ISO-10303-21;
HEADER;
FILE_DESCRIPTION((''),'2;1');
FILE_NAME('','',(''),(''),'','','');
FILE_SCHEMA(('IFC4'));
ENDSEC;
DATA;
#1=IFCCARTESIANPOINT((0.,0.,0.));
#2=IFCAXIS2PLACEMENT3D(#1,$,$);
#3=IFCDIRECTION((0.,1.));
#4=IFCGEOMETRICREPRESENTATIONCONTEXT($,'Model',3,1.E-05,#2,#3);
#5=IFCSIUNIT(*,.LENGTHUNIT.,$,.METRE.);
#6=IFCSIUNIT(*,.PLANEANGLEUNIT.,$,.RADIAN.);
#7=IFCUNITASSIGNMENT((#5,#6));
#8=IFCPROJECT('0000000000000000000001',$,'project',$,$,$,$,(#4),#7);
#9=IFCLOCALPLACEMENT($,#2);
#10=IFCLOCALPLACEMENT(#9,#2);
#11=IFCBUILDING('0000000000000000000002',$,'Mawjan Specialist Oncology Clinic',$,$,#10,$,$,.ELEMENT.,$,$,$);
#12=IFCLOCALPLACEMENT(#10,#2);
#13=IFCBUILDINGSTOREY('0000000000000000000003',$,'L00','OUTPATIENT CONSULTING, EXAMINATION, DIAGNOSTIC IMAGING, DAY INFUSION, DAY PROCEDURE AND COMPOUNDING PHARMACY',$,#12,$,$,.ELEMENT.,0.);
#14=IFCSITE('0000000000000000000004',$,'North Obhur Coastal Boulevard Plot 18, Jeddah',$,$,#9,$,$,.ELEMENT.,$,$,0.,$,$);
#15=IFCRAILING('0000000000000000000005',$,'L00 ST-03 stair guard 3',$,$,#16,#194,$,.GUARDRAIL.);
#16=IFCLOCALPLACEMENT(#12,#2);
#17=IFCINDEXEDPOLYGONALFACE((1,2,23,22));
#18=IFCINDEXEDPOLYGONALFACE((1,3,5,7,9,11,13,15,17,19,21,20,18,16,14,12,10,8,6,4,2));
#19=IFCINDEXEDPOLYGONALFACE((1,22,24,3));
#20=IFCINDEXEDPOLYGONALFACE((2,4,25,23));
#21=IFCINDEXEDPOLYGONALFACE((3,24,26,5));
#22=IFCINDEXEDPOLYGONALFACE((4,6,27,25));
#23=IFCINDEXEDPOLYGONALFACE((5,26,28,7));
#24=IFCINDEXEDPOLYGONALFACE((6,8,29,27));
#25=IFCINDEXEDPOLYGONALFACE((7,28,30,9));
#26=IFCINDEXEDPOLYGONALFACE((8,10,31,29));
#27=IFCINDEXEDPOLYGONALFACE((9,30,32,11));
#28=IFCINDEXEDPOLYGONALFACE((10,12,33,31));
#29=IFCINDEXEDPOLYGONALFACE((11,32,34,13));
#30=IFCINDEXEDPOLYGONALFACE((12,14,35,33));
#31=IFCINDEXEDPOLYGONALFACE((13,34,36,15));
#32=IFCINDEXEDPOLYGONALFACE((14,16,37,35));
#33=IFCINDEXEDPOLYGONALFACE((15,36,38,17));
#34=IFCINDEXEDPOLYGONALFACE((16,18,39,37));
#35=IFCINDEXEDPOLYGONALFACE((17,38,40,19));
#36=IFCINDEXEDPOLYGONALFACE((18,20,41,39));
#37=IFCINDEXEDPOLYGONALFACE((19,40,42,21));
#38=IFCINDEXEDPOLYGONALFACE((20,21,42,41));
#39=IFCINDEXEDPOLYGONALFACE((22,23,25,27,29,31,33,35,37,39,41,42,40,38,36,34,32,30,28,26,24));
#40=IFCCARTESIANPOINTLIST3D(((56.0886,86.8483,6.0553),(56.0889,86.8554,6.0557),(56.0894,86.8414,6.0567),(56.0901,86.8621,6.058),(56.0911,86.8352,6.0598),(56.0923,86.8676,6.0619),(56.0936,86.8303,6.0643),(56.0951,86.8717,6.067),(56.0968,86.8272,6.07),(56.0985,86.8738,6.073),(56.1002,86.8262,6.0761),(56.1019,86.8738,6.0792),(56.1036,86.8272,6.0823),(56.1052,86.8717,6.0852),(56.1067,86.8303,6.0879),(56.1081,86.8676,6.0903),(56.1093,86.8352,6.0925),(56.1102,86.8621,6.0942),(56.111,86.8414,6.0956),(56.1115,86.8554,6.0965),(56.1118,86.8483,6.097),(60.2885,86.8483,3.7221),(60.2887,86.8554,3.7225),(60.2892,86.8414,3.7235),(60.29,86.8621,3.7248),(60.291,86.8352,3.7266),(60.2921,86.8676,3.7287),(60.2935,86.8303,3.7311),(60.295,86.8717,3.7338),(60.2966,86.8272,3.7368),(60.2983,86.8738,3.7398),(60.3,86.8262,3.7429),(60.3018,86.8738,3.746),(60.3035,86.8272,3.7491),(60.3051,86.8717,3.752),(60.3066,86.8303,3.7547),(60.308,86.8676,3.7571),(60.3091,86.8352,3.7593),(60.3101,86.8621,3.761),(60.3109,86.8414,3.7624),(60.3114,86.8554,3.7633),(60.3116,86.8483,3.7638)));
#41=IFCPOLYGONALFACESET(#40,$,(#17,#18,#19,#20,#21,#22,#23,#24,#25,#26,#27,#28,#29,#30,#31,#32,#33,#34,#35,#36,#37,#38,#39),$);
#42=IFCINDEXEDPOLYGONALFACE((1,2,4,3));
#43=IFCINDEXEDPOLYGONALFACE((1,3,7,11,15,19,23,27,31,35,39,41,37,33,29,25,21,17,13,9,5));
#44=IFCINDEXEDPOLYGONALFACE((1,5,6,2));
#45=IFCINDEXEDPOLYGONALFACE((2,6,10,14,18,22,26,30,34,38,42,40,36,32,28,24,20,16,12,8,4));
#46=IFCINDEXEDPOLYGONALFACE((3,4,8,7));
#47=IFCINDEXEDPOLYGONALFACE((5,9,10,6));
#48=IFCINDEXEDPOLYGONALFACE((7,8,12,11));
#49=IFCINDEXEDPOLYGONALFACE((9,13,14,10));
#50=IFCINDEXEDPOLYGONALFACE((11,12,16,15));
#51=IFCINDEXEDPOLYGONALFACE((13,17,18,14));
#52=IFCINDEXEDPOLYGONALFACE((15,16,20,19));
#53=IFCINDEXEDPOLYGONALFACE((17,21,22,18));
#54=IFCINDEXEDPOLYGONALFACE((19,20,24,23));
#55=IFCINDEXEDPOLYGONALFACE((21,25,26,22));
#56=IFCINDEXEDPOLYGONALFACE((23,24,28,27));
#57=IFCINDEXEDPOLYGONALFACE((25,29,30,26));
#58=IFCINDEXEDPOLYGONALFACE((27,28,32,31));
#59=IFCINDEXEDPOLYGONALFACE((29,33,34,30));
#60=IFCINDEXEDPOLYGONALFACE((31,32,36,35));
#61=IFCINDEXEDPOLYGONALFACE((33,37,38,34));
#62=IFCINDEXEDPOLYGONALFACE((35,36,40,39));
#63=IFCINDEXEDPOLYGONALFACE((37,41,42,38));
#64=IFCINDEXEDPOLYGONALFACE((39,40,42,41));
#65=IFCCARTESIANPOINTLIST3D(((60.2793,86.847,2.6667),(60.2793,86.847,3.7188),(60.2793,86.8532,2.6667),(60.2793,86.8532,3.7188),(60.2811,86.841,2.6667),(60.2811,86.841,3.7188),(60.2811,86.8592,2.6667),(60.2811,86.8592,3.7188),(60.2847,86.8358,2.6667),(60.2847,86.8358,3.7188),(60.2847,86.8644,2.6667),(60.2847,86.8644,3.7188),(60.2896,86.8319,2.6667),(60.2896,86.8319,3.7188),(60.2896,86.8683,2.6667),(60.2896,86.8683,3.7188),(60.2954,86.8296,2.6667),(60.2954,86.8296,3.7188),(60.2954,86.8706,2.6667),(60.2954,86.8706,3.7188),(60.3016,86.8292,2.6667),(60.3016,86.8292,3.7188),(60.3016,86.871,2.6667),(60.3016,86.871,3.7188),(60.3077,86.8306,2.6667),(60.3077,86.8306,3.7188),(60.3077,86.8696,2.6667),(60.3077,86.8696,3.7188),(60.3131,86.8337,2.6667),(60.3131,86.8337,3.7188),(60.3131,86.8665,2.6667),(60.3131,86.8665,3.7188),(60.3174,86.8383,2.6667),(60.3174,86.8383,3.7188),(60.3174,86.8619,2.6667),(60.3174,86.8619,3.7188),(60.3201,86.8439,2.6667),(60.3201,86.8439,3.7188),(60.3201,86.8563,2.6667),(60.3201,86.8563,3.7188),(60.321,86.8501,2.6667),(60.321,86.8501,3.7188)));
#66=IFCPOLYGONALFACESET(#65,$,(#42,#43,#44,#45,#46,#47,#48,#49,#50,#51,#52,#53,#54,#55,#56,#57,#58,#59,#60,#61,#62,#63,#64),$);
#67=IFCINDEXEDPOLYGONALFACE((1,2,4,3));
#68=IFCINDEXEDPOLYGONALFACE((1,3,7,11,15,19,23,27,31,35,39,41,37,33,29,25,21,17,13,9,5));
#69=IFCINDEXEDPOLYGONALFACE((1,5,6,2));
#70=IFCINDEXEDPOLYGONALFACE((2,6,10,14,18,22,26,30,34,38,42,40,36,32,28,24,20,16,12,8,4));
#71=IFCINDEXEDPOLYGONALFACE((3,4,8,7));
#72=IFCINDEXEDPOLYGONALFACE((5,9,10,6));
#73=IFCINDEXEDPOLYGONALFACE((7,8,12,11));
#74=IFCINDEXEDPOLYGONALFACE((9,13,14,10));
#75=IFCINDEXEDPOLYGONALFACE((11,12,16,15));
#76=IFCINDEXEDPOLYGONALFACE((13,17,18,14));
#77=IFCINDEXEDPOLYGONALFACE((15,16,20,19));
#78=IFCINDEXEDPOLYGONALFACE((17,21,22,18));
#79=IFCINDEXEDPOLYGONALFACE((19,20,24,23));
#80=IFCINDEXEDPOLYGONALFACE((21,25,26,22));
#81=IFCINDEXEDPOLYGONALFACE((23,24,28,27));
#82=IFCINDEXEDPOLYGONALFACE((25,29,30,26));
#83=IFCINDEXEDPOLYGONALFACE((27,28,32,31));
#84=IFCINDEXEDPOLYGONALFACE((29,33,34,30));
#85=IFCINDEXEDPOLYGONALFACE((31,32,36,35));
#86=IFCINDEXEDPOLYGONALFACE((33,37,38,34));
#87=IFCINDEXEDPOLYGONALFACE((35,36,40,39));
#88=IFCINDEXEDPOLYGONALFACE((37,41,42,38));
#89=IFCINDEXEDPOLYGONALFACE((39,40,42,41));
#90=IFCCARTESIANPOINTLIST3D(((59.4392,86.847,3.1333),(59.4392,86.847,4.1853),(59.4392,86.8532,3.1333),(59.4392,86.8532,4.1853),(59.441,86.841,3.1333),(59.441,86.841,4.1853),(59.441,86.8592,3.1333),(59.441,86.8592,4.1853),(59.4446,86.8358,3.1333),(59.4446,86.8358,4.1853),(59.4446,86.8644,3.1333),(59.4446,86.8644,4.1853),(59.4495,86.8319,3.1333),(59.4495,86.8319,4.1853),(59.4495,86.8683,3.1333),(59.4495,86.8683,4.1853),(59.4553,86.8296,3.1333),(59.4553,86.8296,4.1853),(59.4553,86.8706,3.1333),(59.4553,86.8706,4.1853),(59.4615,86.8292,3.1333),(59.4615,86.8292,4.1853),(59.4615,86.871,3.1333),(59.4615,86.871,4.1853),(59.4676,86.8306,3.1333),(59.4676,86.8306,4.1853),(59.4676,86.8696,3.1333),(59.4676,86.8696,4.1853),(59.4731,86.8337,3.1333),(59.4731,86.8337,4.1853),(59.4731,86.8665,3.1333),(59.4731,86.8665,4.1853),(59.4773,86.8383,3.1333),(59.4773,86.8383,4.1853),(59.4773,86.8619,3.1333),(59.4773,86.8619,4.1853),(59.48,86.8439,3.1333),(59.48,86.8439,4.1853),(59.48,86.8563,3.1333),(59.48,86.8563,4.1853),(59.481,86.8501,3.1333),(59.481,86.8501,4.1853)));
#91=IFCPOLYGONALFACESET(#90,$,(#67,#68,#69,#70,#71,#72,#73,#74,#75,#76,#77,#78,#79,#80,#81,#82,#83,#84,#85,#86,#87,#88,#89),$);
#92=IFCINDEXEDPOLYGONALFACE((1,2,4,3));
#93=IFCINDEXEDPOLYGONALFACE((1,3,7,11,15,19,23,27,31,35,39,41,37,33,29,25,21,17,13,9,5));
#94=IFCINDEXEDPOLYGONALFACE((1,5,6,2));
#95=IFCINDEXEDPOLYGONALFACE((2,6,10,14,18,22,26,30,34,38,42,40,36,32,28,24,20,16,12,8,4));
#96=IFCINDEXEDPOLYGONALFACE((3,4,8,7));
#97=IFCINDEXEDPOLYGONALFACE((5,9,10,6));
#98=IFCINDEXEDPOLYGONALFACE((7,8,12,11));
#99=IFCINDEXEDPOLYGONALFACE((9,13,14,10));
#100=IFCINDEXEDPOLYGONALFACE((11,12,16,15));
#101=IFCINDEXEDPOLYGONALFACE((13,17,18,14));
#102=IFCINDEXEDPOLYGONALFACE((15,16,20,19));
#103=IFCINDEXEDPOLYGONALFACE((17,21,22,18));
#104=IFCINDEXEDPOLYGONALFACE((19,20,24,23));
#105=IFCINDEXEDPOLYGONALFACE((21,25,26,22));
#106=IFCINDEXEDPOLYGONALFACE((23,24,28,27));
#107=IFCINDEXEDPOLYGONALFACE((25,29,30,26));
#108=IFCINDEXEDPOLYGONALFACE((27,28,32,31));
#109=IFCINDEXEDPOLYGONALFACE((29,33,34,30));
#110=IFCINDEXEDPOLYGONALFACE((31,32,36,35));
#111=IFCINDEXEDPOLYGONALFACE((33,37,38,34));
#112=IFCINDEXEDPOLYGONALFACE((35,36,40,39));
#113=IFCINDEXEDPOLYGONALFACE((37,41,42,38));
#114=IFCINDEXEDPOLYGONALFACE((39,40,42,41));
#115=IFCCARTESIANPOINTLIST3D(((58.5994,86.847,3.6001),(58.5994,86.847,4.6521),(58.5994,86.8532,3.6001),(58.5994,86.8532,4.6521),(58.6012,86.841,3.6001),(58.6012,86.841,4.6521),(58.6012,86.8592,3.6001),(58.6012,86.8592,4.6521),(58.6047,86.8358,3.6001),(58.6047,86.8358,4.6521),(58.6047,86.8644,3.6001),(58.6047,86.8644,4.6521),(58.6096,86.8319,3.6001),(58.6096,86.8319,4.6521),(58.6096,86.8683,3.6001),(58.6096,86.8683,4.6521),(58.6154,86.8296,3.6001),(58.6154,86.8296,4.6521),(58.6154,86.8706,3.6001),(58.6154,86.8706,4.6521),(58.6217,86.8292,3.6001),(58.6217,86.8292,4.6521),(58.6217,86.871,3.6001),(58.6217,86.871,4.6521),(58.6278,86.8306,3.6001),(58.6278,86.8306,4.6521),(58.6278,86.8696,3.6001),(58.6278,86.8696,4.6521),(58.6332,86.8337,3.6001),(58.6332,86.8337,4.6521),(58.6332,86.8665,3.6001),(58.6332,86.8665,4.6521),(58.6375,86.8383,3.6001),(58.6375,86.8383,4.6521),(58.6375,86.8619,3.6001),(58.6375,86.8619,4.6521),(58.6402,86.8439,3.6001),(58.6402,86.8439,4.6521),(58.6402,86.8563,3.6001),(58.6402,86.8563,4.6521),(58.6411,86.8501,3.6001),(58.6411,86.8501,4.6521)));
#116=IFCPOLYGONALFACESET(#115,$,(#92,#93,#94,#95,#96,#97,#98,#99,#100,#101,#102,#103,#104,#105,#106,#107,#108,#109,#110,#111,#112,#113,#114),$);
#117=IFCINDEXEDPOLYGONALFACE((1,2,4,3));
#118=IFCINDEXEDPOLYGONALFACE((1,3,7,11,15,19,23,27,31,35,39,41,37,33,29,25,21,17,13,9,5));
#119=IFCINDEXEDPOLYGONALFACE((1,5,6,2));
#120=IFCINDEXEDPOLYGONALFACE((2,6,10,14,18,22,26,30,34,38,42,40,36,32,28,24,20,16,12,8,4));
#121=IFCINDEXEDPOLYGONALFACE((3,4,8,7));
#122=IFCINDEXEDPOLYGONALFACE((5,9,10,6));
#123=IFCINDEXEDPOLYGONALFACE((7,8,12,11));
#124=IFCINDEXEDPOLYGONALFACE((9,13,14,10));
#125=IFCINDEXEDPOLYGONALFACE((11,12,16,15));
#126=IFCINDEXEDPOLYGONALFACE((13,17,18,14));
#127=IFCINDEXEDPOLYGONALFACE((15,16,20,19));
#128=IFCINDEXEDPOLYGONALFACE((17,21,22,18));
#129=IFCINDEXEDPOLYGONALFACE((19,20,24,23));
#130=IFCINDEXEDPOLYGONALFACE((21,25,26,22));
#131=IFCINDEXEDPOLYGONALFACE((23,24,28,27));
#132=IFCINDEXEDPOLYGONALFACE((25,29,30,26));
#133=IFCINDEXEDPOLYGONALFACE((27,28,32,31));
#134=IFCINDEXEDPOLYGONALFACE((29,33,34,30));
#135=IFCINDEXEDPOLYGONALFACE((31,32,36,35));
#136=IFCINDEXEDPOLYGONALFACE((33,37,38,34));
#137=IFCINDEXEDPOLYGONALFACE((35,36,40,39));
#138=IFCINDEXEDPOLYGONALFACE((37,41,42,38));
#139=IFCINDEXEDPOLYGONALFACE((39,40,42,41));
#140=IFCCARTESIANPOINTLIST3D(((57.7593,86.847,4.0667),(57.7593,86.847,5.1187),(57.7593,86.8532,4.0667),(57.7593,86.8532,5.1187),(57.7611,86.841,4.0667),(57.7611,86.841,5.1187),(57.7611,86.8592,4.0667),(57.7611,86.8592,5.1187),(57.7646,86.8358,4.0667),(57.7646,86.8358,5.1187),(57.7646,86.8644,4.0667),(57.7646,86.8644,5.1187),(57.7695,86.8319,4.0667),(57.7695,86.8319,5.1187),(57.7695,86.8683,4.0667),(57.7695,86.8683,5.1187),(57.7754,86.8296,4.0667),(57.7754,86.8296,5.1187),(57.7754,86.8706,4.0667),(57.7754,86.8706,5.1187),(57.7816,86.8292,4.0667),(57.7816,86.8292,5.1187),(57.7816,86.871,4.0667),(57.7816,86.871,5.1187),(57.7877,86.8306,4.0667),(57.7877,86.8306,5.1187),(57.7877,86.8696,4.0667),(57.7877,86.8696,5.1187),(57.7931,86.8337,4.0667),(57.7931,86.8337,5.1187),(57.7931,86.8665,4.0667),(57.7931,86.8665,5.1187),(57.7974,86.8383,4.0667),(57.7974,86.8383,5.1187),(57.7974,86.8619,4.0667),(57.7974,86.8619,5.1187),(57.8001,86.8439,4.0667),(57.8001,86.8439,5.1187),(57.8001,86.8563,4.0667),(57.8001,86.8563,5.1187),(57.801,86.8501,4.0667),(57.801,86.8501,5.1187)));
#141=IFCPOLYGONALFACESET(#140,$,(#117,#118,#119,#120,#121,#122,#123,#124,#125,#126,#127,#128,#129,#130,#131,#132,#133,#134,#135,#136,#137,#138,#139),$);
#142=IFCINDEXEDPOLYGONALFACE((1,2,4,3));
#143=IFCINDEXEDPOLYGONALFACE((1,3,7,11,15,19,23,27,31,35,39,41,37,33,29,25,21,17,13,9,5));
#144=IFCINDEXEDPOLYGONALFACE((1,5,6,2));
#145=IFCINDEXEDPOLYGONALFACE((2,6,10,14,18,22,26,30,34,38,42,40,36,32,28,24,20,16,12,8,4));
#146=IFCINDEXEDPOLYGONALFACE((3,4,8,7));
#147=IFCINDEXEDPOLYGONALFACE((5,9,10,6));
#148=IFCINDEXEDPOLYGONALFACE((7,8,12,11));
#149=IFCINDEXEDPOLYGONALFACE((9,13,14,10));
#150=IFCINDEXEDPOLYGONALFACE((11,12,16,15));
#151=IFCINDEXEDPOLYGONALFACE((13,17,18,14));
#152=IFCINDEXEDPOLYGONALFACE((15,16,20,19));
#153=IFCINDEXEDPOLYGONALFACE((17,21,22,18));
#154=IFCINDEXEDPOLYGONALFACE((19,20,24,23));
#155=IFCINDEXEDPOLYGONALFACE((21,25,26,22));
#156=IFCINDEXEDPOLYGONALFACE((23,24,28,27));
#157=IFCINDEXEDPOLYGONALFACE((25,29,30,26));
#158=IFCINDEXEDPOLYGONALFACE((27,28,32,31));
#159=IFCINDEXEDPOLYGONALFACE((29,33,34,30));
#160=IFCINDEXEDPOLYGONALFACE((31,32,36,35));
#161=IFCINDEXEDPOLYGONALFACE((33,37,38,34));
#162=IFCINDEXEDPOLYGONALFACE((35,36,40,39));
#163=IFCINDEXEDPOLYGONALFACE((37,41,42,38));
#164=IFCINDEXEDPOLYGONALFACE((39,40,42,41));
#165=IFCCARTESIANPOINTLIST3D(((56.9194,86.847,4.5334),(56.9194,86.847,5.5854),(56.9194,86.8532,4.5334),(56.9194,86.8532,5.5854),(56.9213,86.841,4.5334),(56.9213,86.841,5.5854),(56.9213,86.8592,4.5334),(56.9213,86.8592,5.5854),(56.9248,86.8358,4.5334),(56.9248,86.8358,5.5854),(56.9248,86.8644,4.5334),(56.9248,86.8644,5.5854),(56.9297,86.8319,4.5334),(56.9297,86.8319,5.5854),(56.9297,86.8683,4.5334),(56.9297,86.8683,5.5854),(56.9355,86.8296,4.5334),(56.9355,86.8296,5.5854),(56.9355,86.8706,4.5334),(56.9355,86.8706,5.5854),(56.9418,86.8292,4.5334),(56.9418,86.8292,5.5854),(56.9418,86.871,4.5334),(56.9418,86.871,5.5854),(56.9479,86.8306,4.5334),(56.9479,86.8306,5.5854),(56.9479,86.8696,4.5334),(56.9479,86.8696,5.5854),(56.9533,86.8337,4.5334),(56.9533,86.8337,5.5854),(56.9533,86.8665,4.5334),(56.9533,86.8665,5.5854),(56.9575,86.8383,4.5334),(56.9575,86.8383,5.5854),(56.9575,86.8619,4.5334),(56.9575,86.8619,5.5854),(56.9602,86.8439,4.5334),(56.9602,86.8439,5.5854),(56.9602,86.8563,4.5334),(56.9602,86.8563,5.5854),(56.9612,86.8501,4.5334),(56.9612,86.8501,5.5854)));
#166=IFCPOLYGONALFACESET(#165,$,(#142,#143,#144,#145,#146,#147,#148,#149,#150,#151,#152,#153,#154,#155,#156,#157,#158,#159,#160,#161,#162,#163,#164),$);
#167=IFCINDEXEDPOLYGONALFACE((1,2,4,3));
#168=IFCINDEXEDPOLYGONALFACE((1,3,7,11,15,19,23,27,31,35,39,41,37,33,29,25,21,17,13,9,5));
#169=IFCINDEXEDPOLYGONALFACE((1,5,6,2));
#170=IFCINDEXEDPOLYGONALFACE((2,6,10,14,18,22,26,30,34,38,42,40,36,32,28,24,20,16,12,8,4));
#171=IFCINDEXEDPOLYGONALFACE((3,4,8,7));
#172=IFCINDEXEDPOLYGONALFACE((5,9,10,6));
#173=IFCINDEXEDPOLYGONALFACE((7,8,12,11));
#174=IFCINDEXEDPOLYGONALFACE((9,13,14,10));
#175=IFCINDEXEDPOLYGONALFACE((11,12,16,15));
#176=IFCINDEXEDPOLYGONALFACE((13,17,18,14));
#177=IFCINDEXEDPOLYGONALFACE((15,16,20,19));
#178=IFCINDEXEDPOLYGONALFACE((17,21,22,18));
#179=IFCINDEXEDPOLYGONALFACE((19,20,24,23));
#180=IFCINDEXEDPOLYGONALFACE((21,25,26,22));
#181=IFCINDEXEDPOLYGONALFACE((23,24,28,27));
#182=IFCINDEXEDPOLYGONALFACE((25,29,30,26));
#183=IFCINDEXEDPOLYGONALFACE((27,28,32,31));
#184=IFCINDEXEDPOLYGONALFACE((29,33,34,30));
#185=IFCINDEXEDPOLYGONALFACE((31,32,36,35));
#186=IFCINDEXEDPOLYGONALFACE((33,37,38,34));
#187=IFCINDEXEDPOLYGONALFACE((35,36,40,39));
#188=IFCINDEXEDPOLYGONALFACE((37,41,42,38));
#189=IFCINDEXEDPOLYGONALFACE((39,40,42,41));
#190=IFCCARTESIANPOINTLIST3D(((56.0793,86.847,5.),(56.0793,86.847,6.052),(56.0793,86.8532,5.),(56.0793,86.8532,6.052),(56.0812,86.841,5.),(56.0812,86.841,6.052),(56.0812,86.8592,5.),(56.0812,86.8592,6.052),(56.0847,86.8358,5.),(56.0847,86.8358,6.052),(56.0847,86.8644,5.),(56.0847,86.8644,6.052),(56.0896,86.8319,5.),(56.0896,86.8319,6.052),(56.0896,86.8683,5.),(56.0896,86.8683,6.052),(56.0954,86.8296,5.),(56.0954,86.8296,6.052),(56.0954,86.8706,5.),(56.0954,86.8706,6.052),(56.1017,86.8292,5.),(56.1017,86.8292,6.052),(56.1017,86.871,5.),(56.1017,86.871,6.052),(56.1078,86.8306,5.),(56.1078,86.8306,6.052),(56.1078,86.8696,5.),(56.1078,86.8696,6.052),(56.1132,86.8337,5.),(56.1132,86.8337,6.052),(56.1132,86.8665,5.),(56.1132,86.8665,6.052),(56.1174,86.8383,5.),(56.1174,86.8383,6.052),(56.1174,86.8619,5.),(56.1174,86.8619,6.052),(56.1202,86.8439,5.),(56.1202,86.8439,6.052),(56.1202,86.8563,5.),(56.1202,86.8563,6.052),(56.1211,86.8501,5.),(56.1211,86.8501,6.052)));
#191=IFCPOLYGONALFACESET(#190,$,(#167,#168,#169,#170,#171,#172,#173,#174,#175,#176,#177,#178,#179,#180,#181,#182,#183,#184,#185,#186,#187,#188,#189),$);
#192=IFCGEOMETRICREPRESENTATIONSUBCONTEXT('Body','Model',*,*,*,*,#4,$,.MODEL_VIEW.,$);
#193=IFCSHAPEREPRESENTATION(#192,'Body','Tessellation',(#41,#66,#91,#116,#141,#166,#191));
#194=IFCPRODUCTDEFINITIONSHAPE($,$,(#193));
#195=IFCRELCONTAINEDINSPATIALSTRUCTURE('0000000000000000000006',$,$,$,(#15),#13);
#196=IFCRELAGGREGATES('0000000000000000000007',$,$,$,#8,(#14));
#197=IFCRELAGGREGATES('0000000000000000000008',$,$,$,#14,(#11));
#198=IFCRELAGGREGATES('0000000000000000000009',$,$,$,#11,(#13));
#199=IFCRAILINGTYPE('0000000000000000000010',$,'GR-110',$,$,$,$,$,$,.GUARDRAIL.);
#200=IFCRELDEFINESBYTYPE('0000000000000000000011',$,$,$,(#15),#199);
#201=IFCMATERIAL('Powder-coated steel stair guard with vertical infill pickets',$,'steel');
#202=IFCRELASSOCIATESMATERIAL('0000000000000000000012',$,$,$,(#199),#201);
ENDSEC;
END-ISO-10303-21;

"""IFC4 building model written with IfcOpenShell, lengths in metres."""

from ifc_helpers import new_model, si_unit, direction, frame, origin, origin_2d, place, context, subcontext, project, spatial, circle, extrude, material, type_object, element, save


model = new_model("IFC4")

# Units and contexts
model_context = context("Model", 3, precision=1e-05, world=origin(), true_north=direction((0.0, 1.0)))
body_context = subcontext(model_context, "Body", "Model", "MODEL_VIEW")
ifc_project = project(units=[si_unit("LENGTHUNIT", "METRE"), si_unit("PLANEANGLEUNIT", "RADIAN")], contexts=[model_context])

# Site, building, storey
site_placement = place(None, origin())
site = spatial("IfcSite", under=ifc_project, at=site_placement, Name="North Obhur Coastal Boulevard Plot 18, Jeddah", CompositionType="ELEMENT", RefElevation=0.0)
building_placement = place(site_placement, origin())
building = spatial("IfcBuilding", under=site, at=building_placement, Name="Mawjan Specialist Oncology Clinic", CompositionType="ELEMENT")
storey_placement = place(building_placement, origin())
storey = spatial("IfcBuildingStorey", under=building, at=storey_placement, Name="L00", Description="OUTPATIENT CONSULTING, EXAMINATION, DIAGNOSTIC IMAGING, DAY INFUSION, DAY PROCEDURE AND COMPOUNDING PHARMACY", CompositionType="ELEMENT", Elevation=0.0)

# Railing
ifc_material_1 = material(Name="Powder-coated steel stair guard with vertical infill pickets", Category="steel")
railing_type_1 = type_object("IfcRailingType", Name="GR-110", PredefinedType="GUARDRAIL", material=ifc_material_1)
railing_1_placement = place(storey_placement, frame((60.3, 86.8501, 2.6667)))
element("IfcRailing", 1, at=railing_1_placement, inside=storey, type_object=railing_type_1, Name="L00 ST-03 stair guard 3", PredefinedType="GUARDRAIL", context=body_context, shape_type="SweptSolid", body=[
    extrude(circle(Radius=0.0239, at=origin_2d()), frame((0.0, 0.0, 1.0762), z_axis=(-0.874162, 0.0, 0.485634), x_axis=(0.0, -1.0, 0.0)), (0.0, 0.0, 1.0), 4.8044),
    extrude(circle(Radius=0.021, at=origin_2d()), origin(), (0.0, 0.0, 1.0), 1.052),
    extrude(circle(Radius=0.021, at=origin_2d()), frame((-0.8401, 0.0, 0.4666)), (0.0, 0.0, 1.0), 1.052),
    extrude(circle(Radius=0.021, at=origin_2d()), frame((-1.6799, 0.0, 0.9333)), (0.0, 0.0, 1.0), 1.052),
    extrude(circle(Radius=0.021, at=origin_2d()), frame((-2.52, 0.0, 1.3999)), (0.0, 0.0, 1.0), 1.052),
    extrude(circle(Radius=0.021, at=origin_2d()), frame((-3.3599, 0.0, 1.8667)), (0.0, 0.0, 1.0), 1.052),
    extrude(circle(Radius=0.021, at=origin_2d()), frame((-4.2, 0.0, 2.3333)), (0.0, 0.0, 1.0), 1.052),
])

save(model, "model.ifc")
